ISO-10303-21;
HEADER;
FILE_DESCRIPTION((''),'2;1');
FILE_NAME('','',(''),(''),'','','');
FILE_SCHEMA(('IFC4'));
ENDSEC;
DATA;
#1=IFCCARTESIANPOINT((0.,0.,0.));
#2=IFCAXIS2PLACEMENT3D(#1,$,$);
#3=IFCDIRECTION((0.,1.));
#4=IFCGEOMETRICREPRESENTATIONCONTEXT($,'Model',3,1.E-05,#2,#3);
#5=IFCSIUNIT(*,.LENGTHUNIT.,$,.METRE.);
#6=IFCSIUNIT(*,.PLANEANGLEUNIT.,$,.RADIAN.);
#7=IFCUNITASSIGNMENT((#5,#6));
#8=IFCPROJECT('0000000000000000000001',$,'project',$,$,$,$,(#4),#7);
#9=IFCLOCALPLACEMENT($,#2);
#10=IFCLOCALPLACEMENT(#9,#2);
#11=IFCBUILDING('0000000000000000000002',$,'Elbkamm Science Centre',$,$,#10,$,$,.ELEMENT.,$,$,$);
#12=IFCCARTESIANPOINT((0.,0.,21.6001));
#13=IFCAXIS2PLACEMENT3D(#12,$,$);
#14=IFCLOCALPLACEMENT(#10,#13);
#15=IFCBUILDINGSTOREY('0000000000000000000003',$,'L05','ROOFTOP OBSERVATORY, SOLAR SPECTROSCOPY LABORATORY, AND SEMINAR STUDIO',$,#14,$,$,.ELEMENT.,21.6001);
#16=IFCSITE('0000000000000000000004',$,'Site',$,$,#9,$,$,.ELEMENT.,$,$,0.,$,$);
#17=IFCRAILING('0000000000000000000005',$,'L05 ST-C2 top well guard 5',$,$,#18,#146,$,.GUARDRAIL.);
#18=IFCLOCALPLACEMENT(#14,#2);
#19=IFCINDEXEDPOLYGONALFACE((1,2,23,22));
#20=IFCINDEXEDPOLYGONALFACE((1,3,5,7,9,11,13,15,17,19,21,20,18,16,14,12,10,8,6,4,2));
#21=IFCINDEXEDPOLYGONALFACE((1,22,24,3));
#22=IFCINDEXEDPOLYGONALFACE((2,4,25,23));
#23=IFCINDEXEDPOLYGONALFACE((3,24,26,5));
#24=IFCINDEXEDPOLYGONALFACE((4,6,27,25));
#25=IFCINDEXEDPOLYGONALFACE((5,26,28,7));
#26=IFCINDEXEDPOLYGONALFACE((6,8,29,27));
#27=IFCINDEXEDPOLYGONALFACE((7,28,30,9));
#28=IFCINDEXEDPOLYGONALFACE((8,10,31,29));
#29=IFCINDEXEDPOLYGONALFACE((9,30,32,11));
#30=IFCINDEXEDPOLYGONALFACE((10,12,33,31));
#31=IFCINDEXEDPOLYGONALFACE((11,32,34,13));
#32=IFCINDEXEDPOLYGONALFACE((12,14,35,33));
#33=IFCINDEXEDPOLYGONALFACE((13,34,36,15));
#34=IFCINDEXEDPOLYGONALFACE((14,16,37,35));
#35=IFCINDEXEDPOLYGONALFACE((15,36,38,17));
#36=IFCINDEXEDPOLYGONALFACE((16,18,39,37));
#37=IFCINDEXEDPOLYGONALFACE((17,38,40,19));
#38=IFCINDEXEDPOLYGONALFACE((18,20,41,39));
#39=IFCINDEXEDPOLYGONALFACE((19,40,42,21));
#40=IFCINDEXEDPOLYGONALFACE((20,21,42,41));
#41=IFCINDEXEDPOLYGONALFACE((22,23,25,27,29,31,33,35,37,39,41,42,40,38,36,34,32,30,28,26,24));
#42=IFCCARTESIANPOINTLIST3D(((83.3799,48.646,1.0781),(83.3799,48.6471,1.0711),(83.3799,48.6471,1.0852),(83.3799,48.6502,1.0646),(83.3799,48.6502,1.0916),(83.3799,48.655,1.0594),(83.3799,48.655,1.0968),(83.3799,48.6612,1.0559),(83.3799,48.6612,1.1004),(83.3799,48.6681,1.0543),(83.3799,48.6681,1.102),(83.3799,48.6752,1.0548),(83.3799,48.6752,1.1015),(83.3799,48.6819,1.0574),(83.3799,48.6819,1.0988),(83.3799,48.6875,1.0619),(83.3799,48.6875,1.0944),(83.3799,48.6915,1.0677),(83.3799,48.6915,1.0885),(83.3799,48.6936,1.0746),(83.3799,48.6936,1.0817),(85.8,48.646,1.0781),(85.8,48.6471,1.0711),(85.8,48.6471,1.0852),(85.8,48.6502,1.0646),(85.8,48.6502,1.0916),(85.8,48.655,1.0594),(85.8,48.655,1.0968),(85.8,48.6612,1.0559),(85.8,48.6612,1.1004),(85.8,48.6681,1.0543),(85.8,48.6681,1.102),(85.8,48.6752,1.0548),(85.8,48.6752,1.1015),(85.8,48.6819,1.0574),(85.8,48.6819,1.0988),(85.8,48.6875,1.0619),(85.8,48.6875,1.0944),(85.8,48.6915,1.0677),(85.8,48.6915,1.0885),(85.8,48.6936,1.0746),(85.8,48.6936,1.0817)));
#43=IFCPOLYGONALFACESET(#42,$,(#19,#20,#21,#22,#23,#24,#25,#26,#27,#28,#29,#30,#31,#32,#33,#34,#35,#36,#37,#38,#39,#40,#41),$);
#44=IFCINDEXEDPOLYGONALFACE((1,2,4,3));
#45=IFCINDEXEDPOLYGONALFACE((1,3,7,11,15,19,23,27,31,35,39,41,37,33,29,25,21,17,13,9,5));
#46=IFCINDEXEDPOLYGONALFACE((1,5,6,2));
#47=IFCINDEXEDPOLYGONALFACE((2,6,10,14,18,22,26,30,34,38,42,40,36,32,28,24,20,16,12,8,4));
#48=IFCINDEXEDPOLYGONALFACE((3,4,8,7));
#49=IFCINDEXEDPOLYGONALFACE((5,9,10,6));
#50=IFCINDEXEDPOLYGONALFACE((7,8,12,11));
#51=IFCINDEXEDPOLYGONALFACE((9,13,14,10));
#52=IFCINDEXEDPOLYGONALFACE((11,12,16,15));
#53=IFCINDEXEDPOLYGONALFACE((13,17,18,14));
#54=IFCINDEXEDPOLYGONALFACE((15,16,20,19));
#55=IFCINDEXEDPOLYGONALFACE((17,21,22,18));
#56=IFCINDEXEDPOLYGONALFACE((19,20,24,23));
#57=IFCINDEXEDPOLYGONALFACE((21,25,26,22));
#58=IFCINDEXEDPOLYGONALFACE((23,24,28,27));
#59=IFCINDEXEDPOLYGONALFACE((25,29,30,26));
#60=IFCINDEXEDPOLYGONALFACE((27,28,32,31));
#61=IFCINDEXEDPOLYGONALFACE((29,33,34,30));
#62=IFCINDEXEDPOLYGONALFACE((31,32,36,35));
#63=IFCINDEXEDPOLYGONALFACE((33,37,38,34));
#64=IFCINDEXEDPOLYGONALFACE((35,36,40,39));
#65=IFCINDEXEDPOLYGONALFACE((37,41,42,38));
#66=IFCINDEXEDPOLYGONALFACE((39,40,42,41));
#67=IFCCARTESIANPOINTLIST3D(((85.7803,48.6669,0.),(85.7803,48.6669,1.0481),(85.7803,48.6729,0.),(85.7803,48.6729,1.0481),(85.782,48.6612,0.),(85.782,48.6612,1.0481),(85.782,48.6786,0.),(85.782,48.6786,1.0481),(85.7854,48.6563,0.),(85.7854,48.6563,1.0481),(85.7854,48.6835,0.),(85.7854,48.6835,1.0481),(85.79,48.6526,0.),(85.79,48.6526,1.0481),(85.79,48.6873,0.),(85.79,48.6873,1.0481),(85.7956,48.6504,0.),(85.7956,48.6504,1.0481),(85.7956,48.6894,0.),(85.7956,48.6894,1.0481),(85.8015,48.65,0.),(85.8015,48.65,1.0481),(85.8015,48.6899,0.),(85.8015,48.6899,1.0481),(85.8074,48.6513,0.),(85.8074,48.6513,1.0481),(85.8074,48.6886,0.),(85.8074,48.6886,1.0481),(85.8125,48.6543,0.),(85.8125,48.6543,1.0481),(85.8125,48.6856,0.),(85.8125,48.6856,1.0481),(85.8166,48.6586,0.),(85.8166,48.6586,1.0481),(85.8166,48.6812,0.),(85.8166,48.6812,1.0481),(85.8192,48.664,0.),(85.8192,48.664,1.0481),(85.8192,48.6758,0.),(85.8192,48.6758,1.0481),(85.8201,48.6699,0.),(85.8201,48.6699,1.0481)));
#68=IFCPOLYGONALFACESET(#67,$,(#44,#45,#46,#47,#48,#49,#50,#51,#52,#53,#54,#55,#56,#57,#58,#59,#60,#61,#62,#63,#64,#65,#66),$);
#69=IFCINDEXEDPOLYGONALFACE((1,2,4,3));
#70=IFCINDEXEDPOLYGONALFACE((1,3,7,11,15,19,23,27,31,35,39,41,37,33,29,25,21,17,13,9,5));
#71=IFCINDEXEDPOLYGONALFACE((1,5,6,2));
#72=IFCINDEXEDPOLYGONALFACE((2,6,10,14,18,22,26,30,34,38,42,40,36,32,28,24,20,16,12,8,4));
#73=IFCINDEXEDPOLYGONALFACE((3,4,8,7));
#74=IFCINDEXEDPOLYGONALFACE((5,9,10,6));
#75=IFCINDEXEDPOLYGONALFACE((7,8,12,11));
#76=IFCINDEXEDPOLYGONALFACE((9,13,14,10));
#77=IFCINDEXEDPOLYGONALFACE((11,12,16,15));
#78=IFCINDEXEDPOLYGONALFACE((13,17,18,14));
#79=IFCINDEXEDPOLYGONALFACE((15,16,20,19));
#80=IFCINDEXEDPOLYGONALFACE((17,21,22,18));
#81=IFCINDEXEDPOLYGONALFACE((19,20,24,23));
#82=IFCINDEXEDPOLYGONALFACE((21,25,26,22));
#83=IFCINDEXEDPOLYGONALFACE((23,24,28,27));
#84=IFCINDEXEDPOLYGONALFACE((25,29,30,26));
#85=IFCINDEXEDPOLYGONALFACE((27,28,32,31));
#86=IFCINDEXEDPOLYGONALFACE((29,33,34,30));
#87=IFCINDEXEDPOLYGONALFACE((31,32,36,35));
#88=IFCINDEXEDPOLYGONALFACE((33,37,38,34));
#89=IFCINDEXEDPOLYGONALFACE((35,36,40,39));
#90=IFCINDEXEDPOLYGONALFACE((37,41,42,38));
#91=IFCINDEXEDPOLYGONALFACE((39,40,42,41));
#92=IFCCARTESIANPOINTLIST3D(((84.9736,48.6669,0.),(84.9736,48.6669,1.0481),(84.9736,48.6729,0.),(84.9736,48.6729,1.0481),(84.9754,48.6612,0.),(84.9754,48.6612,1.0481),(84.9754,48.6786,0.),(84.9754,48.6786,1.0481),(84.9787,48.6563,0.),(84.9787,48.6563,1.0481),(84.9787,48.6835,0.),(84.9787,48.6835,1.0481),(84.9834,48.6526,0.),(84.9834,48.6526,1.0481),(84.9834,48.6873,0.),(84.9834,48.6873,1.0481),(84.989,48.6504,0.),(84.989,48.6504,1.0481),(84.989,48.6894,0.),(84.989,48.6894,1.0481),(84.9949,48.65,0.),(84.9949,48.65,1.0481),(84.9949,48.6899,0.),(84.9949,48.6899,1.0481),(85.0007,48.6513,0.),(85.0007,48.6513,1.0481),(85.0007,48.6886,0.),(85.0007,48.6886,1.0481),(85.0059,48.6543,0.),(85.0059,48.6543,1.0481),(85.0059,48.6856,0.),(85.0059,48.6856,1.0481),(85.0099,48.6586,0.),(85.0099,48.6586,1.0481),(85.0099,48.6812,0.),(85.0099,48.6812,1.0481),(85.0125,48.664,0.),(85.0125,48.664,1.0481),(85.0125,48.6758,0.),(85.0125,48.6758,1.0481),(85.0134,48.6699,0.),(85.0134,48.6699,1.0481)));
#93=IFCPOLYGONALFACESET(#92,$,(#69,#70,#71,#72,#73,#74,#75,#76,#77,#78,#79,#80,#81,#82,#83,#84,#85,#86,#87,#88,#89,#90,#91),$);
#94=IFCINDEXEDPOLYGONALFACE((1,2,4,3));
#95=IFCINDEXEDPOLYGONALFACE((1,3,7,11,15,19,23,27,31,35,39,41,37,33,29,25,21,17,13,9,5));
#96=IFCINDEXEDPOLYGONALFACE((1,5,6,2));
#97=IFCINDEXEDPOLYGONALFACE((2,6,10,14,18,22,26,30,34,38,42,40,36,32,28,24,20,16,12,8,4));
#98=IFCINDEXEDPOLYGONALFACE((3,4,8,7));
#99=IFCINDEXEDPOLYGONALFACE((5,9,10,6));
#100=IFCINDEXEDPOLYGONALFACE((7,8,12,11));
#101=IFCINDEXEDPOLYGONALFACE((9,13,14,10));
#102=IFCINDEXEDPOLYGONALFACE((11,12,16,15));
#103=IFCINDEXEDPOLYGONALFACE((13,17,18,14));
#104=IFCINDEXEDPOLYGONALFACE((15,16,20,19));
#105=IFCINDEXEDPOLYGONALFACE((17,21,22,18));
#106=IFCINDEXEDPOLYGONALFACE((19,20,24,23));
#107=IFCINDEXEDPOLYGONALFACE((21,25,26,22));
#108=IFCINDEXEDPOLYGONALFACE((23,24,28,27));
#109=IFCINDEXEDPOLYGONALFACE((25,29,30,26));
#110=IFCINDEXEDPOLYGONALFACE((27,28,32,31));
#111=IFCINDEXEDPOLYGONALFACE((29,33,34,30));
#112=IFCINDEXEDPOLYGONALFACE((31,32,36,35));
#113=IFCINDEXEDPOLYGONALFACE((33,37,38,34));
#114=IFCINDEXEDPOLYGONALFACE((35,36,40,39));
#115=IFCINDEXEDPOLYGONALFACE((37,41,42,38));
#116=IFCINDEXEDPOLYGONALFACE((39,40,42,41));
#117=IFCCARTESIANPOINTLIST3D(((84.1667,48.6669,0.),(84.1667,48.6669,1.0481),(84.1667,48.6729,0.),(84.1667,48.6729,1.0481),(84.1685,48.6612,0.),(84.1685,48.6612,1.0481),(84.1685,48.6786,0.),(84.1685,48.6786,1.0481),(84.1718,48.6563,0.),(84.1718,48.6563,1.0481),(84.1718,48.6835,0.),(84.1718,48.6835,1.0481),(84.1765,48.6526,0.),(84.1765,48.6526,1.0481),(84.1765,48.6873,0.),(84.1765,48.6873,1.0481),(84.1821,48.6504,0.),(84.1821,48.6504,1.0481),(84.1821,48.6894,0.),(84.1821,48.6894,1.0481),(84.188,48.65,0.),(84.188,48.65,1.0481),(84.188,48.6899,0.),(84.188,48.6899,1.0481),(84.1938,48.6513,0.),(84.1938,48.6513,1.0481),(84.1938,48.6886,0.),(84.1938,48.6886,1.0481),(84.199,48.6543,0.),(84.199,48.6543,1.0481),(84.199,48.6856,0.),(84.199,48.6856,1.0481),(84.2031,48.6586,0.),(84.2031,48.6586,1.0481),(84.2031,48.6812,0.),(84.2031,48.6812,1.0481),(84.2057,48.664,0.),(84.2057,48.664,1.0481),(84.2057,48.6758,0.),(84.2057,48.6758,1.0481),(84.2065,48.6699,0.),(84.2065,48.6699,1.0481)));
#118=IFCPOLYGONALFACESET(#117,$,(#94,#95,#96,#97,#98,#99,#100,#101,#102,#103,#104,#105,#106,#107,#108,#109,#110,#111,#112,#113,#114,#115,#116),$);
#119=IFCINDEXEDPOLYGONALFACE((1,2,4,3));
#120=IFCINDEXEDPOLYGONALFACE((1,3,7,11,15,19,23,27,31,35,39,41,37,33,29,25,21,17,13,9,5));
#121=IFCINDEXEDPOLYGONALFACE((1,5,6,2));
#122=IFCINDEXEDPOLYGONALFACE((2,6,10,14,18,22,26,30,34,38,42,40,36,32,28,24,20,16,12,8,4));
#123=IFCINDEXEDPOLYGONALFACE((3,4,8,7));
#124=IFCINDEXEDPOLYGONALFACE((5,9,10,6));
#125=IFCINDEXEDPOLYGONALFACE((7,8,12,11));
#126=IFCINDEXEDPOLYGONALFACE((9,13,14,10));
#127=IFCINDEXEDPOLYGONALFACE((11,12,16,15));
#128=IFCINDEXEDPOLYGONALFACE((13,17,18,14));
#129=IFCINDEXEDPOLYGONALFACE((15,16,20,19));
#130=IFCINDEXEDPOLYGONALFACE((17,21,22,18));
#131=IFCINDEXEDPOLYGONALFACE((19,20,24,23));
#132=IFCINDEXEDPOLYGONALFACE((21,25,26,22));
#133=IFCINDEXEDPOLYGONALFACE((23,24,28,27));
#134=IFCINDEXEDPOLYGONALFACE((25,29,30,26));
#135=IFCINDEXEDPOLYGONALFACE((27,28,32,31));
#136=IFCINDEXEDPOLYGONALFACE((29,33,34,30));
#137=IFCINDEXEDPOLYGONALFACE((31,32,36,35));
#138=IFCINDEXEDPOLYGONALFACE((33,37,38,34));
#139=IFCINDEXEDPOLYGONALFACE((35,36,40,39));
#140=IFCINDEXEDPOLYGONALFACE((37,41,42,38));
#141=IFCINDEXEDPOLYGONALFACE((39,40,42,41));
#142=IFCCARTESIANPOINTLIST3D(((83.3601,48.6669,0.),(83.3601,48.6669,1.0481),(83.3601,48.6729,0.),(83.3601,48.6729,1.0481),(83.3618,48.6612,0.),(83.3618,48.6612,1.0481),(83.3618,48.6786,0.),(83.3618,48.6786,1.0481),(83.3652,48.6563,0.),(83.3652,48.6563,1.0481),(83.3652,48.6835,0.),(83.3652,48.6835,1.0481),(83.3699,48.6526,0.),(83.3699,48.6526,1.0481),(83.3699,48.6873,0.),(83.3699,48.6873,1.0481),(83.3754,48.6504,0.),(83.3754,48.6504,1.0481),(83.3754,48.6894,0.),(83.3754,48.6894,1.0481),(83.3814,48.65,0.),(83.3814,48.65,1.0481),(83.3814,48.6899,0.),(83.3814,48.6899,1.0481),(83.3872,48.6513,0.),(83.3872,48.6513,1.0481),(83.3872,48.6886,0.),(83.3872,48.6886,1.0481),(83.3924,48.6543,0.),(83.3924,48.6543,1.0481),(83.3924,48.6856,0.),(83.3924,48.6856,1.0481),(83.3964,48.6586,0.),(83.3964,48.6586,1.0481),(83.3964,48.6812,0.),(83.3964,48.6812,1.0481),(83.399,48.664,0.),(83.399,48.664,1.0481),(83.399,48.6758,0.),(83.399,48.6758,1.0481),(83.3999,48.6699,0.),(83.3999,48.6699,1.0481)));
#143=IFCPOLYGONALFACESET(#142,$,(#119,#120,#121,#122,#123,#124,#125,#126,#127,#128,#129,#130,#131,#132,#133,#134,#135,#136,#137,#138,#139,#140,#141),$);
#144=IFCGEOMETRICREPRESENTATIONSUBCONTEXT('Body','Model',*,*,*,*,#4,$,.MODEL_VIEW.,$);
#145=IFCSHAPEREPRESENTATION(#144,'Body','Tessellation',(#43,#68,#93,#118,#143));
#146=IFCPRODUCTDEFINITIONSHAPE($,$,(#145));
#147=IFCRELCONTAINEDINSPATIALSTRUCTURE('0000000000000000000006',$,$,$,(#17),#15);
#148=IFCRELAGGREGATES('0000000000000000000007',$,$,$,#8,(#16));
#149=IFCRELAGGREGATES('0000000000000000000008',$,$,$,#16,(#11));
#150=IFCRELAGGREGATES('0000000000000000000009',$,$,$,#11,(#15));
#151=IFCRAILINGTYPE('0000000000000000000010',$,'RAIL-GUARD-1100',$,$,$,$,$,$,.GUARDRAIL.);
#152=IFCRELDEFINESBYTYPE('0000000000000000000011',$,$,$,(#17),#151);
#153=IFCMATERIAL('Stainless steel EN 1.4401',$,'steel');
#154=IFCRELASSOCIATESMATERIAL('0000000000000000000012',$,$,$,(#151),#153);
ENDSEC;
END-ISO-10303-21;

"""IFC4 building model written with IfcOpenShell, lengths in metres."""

from ifc_helpers import new_model, si_unit, direction, frame, origin, origin_2d, place, context, subcontext, project, spatial, circle, extrude, material, type_object, element, save


model = new_model("IFC4")

# Units and contexts
model_context = context("Model", 3, precision=1e-05, world=origin(), true_north=direction((0.0, 1.0)))
body_context = subcontext(model_context, "Body", "Model", "MODEL_VIEW")
ifc_project = project(units=[si_unit("LENGTHUNIT", "METRE"), si_unit("PLANEANGLEUNIT", "RADIAN")], contexts=[model_context])

# Site, building, storey
site_placement = place(None, origin())
site = spatial("IfcSite", under=ifc_project, at=site_placement, Name="Site", CompositionType="ELEMENT", RefElevation=0.0)
building_placement = place(site_placement, origin())
building = spatial("IfcBuilding", under=site, at=building_placement, Name="Elbkamm Science Centre", CompositionType="ELEMENT")
storey_placement = place(building_placement, frame((0.0, 0.0, 21.6001)))
storey = spatial("IfcBuildingStorey", under=building, at=storey_placement, Name="L05", Description="ROOFTOP OBSERVATORY, SOLAR SPECTROSCOPY LABORATORY, AND SEMINAR STUDIO", CompositionType="ELEMENT", Elevation=21.6001)

# Railing
ifc_material_1 = material(Name="Stainless steel EN 1.4401", Category="steel")
railing_type_1 = type_object("IfcRailingType", Name="RAIL-GUARD-1100", PredefinedType="GUARDRAIL", material=ifc_material_1)
for number, where, name in (
    (1, (85.8, 48.6699, 0.0), "L05 ST-C2 top well guard 5"),
):
    element("IfcRailing", number, at=place(storey_placement, frame(where)), inside=storey, type_object=railing_type_1, Name=name, PredefinedType="GUARDRAIL", context=body_context, shape_type="SweptSolid", body=[
        extrude(circle(Radius=0.0239, at=origin_2d()), frame((0.0, 0.0, 1.0781), z_axis=(-1.0, 0.0, 0.0), x_axis=(0.0, -1.0, 0.0)), (0.0, 0.0, 1.0), 2.4202),
        extrude(circle(Radius=0.02, at=origin_2d()), origin(), (0.0, 0.0, 1.0), 1.0481),
        extrude(circle(Radius=0.02, at=origin_2d()), frame((-0.8066, 0.0, 0.0)), (0.0, 0.0, 1.0), 1.0481),
        extrude(circle(Radius=0.02, at=origin_2d()), frame((-1.6135, 0.0, 0.0)), (0.0, 0.0, 1.0), 1.0481),
        extrude(circle(Radius=0.02, at=origin_2d()), frame((-2.4202, 0.0, 0.0)), (0.0, 0.0, 1.0), 1.0481),
    ])

save(model, "model.ifc")
